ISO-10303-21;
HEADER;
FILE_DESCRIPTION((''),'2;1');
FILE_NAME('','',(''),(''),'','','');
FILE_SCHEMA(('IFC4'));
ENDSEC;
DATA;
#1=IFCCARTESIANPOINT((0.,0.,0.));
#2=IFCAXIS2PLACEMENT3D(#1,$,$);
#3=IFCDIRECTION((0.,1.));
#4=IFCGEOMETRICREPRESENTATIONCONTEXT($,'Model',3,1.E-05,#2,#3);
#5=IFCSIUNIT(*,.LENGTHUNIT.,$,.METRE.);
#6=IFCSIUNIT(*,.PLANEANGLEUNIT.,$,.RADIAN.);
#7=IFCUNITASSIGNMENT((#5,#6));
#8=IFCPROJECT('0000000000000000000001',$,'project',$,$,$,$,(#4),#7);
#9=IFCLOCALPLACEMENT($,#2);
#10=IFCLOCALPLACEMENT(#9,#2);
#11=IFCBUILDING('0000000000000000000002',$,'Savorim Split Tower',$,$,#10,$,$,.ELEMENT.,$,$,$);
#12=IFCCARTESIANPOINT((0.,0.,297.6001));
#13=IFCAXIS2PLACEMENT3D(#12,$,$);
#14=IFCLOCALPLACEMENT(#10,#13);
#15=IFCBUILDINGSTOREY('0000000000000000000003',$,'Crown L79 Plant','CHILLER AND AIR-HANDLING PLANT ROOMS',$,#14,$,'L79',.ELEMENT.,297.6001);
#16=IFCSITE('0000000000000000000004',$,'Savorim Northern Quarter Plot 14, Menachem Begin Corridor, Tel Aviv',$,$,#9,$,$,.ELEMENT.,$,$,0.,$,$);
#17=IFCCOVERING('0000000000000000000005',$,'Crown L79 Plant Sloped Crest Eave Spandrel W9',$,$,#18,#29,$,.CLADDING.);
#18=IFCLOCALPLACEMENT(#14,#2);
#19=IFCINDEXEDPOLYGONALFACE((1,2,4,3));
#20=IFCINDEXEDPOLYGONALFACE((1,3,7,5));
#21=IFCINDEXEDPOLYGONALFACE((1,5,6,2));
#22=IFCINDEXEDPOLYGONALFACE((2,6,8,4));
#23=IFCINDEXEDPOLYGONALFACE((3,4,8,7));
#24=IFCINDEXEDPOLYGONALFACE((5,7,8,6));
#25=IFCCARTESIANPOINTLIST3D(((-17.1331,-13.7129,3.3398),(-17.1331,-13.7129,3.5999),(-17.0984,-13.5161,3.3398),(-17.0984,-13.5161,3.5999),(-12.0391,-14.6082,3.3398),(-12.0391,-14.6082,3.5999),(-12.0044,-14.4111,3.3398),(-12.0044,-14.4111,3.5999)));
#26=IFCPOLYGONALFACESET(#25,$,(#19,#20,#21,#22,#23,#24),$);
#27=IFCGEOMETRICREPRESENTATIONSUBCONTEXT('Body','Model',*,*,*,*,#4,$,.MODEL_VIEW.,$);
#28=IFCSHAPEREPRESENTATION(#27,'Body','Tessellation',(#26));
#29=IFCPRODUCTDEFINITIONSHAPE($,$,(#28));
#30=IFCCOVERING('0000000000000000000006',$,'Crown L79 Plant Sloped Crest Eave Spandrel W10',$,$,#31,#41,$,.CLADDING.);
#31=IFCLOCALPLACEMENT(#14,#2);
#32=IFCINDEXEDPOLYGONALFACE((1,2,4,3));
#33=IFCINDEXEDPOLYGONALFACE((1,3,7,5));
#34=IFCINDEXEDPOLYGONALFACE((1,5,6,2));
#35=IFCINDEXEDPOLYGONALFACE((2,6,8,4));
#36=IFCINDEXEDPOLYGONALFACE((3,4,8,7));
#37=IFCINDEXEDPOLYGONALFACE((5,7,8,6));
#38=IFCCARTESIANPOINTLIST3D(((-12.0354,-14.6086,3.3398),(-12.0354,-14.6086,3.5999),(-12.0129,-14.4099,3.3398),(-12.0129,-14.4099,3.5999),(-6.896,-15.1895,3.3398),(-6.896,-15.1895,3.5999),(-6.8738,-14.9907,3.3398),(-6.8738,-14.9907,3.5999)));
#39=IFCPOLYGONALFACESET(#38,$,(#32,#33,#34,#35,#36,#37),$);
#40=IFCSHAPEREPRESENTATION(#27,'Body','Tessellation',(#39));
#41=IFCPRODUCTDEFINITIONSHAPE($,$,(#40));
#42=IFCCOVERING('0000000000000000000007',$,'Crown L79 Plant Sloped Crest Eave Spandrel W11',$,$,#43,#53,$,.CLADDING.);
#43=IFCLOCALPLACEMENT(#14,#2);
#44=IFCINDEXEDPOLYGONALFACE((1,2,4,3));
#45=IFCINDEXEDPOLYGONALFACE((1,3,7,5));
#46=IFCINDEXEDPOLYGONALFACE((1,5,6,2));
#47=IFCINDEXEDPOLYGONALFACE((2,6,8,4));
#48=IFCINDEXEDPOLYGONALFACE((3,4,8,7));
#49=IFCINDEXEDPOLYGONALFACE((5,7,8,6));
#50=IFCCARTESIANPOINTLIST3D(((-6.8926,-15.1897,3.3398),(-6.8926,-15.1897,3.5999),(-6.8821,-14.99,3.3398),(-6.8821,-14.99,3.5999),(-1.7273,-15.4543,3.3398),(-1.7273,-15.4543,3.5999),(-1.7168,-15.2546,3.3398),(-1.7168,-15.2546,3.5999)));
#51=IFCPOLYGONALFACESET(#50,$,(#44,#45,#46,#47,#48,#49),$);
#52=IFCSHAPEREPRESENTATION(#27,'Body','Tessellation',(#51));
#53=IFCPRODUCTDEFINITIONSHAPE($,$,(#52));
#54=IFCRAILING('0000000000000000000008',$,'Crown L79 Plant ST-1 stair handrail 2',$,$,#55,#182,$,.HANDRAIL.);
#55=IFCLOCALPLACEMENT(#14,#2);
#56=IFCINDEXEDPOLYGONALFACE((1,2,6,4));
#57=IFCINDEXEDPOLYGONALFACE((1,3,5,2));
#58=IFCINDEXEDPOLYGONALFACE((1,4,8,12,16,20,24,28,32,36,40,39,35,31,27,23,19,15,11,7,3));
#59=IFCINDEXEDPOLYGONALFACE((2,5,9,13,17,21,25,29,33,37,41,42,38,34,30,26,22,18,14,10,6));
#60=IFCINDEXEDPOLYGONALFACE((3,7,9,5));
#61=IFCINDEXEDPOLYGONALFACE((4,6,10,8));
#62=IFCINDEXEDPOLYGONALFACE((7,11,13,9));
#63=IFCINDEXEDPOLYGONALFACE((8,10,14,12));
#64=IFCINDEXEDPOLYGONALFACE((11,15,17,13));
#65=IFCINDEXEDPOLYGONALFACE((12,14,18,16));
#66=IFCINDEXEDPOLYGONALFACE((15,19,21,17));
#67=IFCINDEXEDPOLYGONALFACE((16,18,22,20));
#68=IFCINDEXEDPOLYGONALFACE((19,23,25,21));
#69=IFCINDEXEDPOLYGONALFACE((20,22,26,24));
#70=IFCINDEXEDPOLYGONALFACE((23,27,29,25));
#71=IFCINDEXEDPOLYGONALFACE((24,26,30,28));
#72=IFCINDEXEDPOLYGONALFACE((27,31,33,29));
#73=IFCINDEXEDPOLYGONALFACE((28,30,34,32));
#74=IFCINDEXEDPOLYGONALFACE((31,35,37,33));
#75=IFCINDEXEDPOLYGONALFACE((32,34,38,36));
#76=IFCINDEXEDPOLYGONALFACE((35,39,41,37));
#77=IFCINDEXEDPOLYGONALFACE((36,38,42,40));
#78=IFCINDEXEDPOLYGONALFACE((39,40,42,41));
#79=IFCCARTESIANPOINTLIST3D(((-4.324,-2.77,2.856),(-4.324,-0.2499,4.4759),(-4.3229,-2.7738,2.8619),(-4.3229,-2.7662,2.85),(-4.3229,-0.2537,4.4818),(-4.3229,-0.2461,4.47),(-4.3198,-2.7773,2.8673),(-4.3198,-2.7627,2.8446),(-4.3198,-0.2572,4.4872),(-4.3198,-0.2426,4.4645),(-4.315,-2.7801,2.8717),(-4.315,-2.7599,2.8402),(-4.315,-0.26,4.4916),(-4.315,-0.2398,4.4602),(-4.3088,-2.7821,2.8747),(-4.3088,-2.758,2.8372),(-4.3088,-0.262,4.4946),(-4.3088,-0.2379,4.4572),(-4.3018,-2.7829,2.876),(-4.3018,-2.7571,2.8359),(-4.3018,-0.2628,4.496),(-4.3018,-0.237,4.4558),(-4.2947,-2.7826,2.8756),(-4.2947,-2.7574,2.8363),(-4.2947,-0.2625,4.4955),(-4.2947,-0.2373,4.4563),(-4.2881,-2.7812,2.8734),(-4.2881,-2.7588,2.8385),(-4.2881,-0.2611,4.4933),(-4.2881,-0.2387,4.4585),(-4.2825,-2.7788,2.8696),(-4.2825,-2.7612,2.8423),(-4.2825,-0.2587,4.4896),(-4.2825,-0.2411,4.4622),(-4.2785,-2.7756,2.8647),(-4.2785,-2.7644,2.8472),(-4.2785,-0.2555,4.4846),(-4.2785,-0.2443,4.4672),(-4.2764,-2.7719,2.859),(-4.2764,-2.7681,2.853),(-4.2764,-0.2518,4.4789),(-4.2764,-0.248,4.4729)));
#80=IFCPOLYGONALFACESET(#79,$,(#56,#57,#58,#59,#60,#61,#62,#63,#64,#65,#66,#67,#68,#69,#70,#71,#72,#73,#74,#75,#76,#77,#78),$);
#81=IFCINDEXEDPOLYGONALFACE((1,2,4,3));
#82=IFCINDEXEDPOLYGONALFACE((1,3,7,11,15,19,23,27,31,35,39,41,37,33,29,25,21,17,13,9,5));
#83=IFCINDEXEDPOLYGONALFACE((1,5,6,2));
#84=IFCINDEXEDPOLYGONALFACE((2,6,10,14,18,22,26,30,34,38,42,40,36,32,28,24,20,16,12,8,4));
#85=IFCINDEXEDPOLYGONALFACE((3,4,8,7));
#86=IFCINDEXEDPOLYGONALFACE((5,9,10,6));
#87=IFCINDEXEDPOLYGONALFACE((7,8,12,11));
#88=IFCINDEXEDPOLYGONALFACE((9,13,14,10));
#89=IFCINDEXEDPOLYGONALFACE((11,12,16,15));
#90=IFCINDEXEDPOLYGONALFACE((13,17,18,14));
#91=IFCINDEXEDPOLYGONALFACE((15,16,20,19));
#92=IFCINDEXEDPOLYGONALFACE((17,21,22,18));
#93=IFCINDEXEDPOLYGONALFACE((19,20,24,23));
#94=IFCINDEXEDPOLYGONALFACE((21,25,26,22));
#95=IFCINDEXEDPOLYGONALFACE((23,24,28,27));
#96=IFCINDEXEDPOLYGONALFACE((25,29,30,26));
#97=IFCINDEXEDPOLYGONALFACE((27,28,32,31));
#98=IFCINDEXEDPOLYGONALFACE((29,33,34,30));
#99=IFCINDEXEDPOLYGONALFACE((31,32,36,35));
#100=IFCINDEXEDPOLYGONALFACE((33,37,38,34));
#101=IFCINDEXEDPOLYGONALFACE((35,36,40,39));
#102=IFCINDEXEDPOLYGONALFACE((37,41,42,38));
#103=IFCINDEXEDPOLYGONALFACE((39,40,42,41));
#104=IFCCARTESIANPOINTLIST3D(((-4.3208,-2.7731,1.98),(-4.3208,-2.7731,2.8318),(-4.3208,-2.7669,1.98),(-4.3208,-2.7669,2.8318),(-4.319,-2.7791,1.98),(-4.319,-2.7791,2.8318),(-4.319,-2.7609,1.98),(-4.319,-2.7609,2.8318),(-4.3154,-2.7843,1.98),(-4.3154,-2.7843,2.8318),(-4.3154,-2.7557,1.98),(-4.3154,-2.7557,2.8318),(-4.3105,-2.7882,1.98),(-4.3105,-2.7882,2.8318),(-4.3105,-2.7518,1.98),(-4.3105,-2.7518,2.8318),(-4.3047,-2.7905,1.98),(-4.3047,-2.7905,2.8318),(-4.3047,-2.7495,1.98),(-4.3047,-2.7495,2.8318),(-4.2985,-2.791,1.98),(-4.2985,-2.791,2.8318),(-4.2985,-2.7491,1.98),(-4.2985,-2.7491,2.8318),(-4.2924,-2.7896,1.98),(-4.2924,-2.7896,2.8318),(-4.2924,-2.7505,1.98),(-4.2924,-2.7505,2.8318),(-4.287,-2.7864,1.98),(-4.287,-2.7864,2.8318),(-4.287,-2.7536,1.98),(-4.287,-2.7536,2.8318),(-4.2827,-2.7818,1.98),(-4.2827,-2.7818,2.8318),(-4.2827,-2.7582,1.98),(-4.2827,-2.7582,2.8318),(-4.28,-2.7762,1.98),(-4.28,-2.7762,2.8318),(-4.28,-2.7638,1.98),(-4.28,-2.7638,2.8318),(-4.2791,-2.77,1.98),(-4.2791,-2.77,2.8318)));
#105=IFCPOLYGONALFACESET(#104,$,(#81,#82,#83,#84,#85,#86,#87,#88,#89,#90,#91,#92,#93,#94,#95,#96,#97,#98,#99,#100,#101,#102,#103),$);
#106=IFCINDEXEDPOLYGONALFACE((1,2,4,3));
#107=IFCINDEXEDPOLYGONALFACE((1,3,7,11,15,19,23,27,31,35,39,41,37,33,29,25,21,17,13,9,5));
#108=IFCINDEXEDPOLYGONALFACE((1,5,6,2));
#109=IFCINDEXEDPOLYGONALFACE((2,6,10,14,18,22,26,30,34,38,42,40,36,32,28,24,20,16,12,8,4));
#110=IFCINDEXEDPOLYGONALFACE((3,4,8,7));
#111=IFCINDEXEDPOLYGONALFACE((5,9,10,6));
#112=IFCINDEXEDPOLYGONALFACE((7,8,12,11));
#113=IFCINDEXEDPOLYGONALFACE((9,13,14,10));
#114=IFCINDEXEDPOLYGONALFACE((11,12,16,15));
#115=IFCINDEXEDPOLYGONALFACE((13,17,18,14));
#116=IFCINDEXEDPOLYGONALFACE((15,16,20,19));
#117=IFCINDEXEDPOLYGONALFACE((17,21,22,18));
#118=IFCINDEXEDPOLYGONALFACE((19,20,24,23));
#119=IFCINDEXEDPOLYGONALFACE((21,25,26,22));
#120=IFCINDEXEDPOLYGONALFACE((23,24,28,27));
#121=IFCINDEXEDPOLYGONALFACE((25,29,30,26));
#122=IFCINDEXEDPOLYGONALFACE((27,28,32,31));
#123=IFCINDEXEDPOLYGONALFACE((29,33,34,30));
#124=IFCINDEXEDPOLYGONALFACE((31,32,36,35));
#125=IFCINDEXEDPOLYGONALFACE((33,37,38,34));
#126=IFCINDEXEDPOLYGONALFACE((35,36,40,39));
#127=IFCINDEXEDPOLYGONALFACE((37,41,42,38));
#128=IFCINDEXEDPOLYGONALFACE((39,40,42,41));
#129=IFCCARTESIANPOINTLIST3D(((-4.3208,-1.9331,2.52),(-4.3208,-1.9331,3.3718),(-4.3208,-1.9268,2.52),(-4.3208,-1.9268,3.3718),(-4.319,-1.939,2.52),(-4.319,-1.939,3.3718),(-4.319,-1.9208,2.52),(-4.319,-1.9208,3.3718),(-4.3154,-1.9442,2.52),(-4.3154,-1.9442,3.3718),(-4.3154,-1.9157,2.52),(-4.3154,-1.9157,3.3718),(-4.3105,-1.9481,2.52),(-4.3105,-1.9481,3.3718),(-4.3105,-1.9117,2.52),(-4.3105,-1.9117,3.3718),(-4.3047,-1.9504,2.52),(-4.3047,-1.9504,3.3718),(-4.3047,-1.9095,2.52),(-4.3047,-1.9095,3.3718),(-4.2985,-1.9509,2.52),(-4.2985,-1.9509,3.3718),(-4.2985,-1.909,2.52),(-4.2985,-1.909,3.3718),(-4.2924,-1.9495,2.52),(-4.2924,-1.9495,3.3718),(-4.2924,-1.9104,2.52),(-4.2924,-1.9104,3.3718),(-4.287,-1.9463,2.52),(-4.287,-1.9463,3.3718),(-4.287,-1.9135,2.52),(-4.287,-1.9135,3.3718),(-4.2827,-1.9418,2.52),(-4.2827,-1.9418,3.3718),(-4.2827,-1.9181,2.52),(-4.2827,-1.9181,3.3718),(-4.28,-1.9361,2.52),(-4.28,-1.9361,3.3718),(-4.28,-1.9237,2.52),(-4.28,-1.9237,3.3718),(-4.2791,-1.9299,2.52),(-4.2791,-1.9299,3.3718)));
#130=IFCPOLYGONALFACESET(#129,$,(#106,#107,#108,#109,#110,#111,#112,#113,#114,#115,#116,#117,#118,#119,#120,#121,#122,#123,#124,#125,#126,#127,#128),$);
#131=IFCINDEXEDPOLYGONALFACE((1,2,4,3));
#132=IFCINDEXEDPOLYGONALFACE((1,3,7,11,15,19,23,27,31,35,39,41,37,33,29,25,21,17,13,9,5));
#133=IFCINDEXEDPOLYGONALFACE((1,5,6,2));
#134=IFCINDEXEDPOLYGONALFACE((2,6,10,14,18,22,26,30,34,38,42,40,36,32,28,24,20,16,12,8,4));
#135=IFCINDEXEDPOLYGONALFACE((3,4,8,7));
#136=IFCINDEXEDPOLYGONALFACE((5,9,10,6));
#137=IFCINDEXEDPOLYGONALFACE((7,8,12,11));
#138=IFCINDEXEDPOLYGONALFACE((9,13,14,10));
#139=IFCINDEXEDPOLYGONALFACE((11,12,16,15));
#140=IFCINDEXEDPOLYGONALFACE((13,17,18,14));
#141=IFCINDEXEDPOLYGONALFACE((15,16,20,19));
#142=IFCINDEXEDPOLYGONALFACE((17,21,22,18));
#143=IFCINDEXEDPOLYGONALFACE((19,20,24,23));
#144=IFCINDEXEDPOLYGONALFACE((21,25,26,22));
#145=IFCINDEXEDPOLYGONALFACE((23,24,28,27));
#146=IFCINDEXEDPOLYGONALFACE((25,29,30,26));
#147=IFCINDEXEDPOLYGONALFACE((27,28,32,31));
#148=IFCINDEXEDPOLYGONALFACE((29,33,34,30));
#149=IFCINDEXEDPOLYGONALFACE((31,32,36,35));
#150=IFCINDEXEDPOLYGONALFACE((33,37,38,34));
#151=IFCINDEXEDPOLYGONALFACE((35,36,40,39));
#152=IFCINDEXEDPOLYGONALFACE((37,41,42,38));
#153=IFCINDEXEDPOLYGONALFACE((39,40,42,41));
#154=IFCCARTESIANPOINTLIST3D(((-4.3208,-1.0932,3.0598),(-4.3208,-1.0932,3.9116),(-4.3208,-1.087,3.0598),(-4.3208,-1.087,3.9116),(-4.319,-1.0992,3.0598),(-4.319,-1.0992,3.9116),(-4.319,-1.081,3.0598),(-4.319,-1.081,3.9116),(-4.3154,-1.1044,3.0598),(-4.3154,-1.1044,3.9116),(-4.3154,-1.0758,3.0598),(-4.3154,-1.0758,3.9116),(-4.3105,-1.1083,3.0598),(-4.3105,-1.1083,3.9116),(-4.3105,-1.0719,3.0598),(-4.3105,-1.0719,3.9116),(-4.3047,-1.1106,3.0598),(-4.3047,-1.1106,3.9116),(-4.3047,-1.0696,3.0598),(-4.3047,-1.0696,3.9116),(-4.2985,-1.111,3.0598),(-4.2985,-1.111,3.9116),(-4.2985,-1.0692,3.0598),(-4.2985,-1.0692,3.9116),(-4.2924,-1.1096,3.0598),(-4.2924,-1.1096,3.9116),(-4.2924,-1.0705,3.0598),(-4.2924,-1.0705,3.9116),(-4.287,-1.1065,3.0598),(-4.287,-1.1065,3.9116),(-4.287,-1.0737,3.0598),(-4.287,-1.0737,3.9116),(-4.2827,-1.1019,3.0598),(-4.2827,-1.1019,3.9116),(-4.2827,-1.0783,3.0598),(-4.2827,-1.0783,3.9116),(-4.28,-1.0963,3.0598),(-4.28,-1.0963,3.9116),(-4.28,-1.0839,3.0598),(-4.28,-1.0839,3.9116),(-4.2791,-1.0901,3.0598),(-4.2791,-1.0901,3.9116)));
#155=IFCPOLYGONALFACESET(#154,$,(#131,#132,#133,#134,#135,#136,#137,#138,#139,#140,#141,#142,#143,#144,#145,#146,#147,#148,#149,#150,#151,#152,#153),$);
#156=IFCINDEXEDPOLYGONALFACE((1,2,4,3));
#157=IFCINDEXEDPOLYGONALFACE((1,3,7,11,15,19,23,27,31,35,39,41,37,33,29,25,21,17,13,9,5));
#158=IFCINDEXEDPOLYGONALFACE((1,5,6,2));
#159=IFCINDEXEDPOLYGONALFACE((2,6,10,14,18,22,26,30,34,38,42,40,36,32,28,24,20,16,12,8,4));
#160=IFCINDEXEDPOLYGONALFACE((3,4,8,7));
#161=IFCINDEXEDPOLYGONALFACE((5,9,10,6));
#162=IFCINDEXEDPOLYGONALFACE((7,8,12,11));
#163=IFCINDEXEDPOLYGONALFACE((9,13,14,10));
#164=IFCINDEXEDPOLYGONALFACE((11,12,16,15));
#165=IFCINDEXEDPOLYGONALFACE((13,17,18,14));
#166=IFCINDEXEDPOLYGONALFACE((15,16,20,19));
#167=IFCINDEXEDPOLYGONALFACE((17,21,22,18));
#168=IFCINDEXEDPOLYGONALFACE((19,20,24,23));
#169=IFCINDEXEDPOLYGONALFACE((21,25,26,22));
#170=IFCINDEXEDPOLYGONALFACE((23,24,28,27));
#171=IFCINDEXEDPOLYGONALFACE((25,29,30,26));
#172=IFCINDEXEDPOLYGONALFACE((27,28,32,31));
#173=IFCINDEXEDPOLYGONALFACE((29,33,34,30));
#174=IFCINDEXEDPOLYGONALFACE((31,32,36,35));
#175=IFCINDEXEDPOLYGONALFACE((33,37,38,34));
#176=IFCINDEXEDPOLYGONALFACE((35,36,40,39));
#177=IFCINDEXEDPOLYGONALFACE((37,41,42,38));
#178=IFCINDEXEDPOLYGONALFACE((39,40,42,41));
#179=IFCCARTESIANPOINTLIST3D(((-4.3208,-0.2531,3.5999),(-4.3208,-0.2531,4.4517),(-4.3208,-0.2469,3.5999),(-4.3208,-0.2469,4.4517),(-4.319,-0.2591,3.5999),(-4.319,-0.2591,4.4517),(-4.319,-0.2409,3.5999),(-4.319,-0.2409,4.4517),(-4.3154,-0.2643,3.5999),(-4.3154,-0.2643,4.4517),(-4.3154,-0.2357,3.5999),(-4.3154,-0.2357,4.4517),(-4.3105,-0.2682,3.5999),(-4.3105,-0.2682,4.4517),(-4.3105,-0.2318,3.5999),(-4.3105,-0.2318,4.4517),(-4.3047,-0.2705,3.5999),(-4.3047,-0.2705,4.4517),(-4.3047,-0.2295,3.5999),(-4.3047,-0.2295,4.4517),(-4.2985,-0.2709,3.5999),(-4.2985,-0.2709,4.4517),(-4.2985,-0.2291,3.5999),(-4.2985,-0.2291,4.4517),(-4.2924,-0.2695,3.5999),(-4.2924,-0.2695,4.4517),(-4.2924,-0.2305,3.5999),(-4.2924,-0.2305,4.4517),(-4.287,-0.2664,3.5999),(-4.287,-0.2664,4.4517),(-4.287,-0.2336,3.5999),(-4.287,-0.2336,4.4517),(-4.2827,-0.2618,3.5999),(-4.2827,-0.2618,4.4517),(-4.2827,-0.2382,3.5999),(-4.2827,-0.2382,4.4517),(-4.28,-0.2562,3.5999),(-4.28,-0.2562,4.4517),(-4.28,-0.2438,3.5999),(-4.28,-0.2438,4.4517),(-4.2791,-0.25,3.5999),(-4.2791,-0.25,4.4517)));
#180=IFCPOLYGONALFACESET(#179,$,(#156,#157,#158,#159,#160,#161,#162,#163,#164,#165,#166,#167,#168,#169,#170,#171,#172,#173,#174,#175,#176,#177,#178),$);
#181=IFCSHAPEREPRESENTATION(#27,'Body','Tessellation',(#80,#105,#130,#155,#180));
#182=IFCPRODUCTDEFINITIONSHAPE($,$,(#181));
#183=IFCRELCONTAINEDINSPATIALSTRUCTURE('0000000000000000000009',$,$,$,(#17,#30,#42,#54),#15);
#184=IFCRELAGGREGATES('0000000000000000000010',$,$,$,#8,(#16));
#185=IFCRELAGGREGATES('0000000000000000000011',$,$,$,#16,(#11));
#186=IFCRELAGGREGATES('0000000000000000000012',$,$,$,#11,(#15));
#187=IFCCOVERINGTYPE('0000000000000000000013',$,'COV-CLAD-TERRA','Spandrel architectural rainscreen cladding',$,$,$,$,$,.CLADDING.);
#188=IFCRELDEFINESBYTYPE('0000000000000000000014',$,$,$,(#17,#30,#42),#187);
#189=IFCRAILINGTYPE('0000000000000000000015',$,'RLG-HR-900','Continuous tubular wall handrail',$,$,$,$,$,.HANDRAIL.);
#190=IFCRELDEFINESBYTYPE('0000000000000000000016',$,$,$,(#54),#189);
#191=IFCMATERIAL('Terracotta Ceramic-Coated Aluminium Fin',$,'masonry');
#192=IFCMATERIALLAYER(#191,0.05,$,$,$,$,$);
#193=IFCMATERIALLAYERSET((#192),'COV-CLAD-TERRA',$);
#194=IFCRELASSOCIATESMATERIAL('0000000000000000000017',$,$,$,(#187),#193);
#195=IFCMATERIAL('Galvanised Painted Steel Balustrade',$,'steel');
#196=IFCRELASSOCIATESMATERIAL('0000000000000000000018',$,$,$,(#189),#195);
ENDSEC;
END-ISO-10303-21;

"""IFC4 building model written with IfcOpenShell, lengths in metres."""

from ifc_helpers import new_model, si_unit, direction, frame, origin, origin_2d, place, context, subcontext, project, spatial, polyline, circle, outline, extrude, material, layer, layer_set, type_object, element, save


model = new_model("IFC4")

# Units and contexts
model_context = context("Model", 3, precision=1e-05, world=origin(), true_north=direction((0.0, 1.0)))
body_context = subcontext(model_context, "Body", "Model", "MODEL_VIEW")
ifc_project = project(units=[si_unit("LENGTHUNIT", "METRE"), si_unit("PLANEANGLEUNIT", "RADIAN")], contexts=[model_context])

# Site, building, storey
site_placement = place(None, origin())
site = spatial("IfcSite", under=ifc_project, at=site_placement, Name="Savorim Northern Quarter Plot 14, Menachem Begin Corridor, Tel Aviv", CompositionType="ELEMENT", RefElevation=0.0)
building_placement = place(site_placement, origin())
building = spatial("IfcBuilding", under=site, at=building_placement, Name="Savorim Split Tower", CompositionType="ELEMENT")
storey_placement = place(building_placement, frame((0.0, 0.0, 297.6001)))
storey = spatial("IfcBuildingStorey", under=building, at=storey_placement, Name="Crown L79 Plant", Description="CHILLER AND AIR-HANDLING PLANT ROOMS", LongName="L79", CompositionType="ELEMENT", Elevation=297.6001)

# Coverings
ifc_material_1 = material(Name="Terracotta Ceramic-Coated Aluminium Fin", Category="masonry")
ifc_layer_1 = layer(ifc_material_1, 0.05)
ifc_layer_set_1 = layer_set([ifc_layer_1], Name="COV-CLAD-TERRA")
covering_type = type_object("IfcCoveringType", Name="COV-CLAD-TERRA", Description="Spandrel architectural rainscreen cladding", PredefinedType="CLADDING", material=ifc_layer_set_1)
covering_1_placement = place(storey_placement, frame((0.0, 0.0, 3.3398)))
element("IfcCovering", 1, at=covering_1_placement, inside=storey, type_object=covering_type, Name="Crown L79 Plant Sloped Crest Eave Spandrel W9", PredefinedType="CLADDING", context=body_context, shape_type="SweptSolid", body=[
    extrude(outline(polyline([(-17.1331, -13.7129), (-12.0391, -14.6082), (-12.0044, -14.4111), (-17.0984, -13.5161), (-17.1331, -13.7129)])), origin(), (0.0, 0.0, 1.0), 0.26),
])
covering_2_placement = place(storey_placement, frame((0.0, 0.0, 3.3398)))
element("IfcCovering", 2, at=covering_2_placement, inside=storey, type_object=covering_type, Name="Crown L79 Plant Sloped Crest Eave Spandrel W10", PredefinedType="CLADDING", context=body_context, shape_type="SweptSolid", body=[
    extrude(outline(polyline([(-12.0354, -14.6086), (-6.896, -15.1895), (-6.8738, -14.9907), (-12.0129, -14.4099), (-12.0354, -14.6086)])), origin(), (0.0, 0.0, 1.0), 0.26),
])
covering_3_placement = place(storey_placement, frame((0.0, 0.0, 3.3398)))
element("IfcCovering", 3, at=covering_3_placement, inside=storey, type_object=covering_type, Name="Crown L79 Plant Sloped Crest Eave Spandrel W11", PredefinedType="CLADDING", context=body_context, shape_type="SweptSolid", body=[
    extrude(outline(polyline([(-6.8926, -15.1897), (-1.7273, -15.4543), (-1.7168, -15.2546), (-6.8821, -14.99), (-6.8926, -15.1897)])), origin(), (0.0, 0.0, 1.0), 0.26),
])

# Railing
ifc_material_2 = material(Name="Galvanised Painted Steel Balustrade", Category="steel")
railing_type_1 = type_object("IfcRailingType", Name="RLG-HR-900", Description="Continuous tubular wall handrail", PredefinedType="HANDRAIL", material=ifc_material_2)
railing_1_placement = place(storey_placement, frame((-4.3, -2.77, 1.98)))
element("IfcRailing", 4, at=railing_1_placement, inside=storey, type_object=railing_type_1, Name="Crown L79 Plant ST-1 stair handrail 2", PredefinedType="HANDRAIL", context=body_context, shape_type="SweptSolid", body=[
    extrude(circle(Radius=0.0239, at=origin_2d()), frame((0.0, 0.0, 0.876), z_axis=(0.0, 0.8412, 0.540725), x_axis=(-1.0, 0.0, 0.0)), (0.0, 0.0, 1.0), 2.9958),
    extrude(circle(Radius=0.021, at=origin_2d()), origin(), (0.0, 0.0, 1.0), 0.8518),
    extrude(circle(Radius=0.021, at=origin_2d()), frame((0.0, 0.8401, 0.54)), (0.0, 0.0, 1.0), 0.8518),
    extrude(circle(Radius=0.021, at=origin_2d()), frame((0.0, 1.6799, 1.0798)), (0.0, 0.0, 1.0), 0.8518),
    extrude(circle(Radius=0.021, at=origin_2d()), frame((0.0, 2.52, 1.6199)), (0.0, 0.0, 1.0), 0.8518),
])

save(model, "model.ifc")
